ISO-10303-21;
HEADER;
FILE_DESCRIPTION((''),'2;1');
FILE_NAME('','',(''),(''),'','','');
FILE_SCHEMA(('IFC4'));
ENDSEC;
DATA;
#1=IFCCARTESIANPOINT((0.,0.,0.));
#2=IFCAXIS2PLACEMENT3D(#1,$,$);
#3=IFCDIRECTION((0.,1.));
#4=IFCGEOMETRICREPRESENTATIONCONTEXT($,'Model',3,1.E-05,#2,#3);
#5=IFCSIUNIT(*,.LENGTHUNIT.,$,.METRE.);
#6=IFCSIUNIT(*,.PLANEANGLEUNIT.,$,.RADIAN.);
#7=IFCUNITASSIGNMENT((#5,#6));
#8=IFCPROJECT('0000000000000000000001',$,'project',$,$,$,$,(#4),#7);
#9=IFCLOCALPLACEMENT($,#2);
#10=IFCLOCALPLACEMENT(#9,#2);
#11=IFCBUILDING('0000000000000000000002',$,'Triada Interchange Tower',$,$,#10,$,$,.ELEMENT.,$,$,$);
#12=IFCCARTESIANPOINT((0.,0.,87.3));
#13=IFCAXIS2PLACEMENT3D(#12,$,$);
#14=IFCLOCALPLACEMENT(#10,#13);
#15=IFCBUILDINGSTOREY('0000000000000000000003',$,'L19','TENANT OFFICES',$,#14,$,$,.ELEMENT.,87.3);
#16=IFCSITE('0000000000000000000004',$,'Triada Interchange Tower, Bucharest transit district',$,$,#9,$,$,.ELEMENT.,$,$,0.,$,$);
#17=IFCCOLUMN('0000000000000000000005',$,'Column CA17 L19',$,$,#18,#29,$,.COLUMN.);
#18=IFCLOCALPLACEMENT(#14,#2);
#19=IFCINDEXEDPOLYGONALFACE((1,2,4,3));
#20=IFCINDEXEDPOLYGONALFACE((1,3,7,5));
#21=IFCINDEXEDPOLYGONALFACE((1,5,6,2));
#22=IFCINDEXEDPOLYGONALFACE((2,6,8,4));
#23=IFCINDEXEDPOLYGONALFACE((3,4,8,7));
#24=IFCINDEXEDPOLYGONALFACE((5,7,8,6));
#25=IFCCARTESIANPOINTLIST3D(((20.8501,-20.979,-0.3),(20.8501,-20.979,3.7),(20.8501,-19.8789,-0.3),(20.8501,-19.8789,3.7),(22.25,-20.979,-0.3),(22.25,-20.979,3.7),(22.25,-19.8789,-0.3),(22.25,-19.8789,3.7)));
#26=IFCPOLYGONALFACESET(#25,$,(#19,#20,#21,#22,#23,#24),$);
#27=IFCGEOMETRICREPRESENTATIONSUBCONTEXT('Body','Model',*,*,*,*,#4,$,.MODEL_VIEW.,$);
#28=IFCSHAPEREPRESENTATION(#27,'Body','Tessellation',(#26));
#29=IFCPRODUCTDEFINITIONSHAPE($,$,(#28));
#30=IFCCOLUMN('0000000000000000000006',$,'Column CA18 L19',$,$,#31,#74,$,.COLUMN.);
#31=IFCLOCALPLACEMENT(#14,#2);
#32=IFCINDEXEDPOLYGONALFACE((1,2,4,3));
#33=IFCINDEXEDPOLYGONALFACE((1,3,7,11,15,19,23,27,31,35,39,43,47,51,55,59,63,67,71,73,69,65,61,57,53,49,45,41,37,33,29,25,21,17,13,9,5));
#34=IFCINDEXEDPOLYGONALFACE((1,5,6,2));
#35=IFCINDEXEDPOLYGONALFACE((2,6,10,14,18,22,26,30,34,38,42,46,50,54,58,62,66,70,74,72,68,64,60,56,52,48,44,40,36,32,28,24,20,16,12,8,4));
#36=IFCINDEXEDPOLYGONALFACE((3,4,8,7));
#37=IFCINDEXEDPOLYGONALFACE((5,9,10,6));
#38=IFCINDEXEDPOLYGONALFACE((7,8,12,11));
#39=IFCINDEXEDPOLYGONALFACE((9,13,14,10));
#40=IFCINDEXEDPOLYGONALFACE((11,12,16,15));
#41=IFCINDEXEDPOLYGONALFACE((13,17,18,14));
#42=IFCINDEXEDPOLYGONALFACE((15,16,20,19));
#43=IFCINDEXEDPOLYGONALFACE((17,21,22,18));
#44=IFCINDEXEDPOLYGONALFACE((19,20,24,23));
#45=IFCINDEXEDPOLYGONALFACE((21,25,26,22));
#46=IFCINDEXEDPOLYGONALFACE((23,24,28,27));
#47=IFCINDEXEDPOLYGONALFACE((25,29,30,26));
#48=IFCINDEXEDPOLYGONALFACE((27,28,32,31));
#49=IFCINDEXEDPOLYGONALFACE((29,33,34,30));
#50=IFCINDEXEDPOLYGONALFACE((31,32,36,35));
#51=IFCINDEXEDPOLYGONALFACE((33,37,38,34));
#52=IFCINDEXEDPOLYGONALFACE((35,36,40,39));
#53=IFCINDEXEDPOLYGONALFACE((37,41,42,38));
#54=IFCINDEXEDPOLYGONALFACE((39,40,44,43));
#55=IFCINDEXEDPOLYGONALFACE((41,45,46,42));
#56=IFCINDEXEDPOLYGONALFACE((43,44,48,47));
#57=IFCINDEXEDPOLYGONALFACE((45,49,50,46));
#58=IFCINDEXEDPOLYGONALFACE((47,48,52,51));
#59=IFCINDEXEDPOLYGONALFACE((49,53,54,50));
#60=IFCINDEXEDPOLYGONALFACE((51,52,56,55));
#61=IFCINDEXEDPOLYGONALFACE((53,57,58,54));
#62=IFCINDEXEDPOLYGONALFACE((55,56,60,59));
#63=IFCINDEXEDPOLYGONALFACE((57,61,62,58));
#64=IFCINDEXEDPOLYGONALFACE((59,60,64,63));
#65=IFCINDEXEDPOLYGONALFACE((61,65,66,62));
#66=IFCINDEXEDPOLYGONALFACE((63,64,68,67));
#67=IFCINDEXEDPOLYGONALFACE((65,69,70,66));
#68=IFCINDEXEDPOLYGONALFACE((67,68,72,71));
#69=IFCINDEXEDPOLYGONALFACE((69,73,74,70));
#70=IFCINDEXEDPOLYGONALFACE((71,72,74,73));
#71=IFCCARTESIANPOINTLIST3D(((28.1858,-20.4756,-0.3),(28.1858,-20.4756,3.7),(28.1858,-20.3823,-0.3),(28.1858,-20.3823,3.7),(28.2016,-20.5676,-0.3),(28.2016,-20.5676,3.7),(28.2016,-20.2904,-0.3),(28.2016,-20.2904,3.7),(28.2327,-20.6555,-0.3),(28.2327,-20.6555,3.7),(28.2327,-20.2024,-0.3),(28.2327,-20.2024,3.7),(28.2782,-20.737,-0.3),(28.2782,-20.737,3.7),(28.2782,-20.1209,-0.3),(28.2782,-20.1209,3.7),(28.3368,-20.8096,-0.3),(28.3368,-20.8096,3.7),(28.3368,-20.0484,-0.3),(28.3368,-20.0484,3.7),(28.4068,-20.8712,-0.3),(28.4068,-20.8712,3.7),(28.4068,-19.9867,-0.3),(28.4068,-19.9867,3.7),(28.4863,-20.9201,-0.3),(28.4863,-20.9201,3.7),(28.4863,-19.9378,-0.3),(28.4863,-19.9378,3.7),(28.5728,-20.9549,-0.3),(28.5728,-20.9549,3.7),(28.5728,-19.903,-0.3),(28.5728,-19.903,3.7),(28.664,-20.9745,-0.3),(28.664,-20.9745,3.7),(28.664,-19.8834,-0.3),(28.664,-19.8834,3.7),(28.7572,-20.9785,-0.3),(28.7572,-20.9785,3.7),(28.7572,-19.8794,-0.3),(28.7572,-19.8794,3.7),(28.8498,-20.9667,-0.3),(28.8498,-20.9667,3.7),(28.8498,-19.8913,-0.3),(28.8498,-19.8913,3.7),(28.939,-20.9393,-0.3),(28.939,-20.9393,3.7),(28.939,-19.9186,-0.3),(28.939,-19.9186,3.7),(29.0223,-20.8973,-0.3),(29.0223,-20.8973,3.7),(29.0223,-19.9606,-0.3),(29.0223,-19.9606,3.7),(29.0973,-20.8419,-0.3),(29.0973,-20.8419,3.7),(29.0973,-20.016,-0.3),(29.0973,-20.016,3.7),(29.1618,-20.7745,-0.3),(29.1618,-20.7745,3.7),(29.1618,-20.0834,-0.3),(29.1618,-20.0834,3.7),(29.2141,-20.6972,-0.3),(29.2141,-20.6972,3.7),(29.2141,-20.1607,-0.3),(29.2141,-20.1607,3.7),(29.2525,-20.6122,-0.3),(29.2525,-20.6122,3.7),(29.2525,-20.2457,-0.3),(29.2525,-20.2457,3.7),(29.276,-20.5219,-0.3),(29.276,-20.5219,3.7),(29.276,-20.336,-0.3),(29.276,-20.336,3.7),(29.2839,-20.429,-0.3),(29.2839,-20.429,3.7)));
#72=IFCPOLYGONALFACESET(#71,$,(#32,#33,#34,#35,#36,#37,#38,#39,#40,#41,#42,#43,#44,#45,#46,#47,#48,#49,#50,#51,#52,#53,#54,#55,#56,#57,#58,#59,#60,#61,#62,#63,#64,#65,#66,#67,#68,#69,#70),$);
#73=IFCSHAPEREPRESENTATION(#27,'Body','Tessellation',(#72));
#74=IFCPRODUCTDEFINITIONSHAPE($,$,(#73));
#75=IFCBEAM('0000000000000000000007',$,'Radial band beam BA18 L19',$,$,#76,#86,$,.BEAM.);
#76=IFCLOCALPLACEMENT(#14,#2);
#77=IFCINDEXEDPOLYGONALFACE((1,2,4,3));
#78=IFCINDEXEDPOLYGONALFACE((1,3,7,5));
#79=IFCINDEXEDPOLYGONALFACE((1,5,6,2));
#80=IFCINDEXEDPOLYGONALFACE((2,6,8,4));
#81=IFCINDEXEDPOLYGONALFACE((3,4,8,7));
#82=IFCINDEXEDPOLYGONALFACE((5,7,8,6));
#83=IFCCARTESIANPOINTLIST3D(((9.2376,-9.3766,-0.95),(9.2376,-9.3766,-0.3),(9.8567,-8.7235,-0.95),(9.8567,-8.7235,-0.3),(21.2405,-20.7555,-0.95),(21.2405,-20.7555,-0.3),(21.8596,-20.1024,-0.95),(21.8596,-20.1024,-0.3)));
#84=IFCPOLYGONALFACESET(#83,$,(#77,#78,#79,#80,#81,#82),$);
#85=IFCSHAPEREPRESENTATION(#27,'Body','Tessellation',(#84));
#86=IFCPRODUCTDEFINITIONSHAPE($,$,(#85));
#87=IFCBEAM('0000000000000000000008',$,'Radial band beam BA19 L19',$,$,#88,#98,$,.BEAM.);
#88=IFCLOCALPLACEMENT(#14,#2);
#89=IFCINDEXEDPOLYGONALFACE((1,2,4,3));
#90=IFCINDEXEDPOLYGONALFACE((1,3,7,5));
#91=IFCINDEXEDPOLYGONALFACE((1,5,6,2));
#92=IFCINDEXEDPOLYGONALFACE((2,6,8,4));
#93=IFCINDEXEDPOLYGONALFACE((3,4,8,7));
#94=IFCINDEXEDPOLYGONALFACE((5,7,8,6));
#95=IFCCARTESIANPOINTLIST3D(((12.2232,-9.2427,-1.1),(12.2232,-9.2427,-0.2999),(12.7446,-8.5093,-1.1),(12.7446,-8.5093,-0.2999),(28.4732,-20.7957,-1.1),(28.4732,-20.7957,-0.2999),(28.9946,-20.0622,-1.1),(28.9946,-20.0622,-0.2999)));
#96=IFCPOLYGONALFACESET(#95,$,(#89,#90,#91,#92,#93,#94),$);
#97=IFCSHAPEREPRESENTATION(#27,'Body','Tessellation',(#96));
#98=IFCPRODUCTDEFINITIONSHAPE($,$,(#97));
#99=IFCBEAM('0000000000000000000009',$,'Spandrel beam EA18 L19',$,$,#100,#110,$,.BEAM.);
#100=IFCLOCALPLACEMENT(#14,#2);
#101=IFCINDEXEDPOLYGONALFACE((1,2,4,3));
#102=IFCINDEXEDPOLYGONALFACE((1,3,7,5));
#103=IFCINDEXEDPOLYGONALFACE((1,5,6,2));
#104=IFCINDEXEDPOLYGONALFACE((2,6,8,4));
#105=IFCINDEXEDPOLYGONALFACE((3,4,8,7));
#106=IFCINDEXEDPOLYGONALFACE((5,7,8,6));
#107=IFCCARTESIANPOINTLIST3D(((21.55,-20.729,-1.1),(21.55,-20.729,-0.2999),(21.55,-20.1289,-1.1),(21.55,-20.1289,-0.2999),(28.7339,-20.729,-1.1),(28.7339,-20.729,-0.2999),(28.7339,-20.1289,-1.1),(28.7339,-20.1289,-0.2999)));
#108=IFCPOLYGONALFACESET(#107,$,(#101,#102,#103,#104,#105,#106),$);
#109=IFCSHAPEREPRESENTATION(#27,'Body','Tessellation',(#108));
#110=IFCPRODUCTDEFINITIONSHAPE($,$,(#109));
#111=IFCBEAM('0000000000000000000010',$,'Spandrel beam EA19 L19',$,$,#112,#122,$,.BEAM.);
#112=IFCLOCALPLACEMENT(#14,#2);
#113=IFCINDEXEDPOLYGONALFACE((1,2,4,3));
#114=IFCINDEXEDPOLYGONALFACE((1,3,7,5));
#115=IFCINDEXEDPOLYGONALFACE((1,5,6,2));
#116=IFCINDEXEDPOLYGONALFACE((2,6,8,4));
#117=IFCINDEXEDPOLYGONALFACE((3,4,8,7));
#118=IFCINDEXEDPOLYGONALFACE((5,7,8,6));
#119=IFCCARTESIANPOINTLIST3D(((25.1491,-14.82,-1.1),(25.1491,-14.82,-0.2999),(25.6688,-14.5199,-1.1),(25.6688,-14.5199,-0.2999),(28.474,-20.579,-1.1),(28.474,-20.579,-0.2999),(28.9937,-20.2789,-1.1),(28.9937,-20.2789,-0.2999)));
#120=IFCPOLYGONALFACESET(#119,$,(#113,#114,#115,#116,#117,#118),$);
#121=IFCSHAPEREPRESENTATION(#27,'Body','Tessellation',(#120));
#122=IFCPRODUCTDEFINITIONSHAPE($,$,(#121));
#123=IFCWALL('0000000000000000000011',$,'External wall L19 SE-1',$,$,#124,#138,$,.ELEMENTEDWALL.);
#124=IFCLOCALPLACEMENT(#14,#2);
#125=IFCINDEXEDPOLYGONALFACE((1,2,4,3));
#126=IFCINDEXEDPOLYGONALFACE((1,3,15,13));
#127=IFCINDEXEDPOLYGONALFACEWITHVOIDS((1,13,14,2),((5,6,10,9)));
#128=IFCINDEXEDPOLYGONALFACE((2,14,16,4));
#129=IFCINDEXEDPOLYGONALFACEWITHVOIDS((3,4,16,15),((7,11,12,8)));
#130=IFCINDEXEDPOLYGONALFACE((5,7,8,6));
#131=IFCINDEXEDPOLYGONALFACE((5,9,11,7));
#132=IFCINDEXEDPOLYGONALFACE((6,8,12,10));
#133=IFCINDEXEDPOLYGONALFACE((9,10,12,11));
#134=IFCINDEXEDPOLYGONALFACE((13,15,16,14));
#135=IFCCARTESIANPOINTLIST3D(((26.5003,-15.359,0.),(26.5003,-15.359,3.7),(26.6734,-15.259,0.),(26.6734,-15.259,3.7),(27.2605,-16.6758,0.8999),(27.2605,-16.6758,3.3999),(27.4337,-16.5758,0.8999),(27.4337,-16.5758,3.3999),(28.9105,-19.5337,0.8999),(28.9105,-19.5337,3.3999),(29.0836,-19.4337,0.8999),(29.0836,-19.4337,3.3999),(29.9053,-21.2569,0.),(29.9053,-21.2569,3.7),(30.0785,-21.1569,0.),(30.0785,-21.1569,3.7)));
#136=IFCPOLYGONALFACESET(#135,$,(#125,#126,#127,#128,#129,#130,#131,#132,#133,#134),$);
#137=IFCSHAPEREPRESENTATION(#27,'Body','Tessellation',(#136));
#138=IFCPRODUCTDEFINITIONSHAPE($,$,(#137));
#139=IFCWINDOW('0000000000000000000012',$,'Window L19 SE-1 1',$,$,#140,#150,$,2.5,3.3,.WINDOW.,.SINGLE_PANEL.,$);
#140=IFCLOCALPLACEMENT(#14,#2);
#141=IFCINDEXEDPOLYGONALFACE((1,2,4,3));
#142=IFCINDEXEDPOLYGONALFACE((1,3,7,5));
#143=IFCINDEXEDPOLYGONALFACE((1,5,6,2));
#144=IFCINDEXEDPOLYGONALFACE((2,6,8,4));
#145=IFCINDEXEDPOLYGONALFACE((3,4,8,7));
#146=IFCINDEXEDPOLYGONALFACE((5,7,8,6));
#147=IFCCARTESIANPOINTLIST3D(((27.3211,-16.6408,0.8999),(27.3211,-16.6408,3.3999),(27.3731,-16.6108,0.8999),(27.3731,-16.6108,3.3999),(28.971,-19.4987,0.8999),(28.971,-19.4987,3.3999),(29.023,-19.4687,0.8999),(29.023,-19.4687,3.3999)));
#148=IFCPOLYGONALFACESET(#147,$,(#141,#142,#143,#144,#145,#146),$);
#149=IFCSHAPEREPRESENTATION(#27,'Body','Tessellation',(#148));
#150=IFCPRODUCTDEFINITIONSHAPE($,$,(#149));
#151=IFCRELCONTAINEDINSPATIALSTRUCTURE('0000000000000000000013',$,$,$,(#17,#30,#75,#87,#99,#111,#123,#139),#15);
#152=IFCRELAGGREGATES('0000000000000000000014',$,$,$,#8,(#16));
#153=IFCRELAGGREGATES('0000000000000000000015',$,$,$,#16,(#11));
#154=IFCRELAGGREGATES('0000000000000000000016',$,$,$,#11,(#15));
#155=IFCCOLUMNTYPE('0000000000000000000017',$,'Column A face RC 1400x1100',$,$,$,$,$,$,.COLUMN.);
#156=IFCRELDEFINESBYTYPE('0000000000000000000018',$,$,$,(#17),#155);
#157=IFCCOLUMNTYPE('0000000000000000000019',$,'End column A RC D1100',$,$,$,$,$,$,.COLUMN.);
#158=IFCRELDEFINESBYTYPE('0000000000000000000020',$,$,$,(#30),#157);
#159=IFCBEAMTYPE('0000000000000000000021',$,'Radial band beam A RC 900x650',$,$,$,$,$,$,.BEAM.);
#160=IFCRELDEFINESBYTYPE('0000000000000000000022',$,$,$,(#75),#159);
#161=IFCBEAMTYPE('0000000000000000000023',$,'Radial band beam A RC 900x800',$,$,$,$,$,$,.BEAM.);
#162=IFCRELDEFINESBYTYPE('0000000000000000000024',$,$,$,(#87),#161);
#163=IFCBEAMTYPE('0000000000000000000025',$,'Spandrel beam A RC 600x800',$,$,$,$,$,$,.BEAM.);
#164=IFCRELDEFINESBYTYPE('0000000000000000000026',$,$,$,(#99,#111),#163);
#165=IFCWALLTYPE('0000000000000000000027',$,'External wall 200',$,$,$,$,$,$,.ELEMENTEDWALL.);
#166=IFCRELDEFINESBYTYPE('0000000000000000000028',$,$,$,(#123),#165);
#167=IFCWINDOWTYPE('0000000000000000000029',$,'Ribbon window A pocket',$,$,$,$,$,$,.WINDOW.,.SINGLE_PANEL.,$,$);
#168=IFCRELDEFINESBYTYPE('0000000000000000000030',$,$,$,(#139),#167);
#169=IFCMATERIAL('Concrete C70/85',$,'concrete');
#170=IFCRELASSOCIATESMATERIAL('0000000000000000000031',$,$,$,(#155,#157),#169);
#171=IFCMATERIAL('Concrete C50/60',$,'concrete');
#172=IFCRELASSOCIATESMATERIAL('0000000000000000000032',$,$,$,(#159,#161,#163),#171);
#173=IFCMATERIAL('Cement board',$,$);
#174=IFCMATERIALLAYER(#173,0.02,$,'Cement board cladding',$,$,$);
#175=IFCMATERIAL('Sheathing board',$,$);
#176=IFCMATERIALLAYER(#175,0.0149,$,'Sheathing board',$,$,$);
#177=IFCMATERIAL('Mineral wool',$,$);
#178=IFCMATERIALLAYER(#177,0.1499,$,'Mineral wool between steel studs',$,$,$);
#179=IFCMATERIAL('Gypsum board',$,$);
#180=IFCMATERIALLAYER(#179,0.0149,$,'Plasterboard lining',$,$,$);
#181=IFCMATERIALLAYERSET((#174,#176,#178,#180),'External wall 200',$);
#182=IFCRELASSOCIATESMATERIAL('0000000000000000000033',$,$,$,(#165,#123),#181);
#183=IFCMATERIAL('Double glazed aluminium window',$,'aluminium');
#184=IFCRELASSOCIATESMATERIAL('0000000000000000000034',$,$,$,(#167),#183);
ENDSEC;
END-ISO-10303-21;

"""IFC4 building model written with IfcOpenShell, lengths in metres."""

from ifc_helpers import new_model, si_unit, direction, frame, frame_2d, origin, origin_2d, place, context, subcontext, project, spatial, rectangle, circle, extrude, material, layer, layer_set, layer_usage, material_profile, profile_set, type_object, element, fill, save


model = new_model("IFC4")

# Units and contexts
model_context = context("Model", 3, precision=1e-05, world=origin(), true_north=direction((0.0, 1.0)))
body_context = subcontext(model_context, "Body", "Model", "MODEL_VIEW")
ifc_project = project(units=[si_unit("LENGTHUNIT", "METRE"), si_unit("PLANEANGLEUNIT", "RADIAN")], contexts=[model_context])

# Site, building, storey
site_placement = place(None, origin())
site = spatial("IfcSite", under=ifc_project, at=site_placement, Name="Triada Interchange Tower, Bucharest transit district", CompositionType="ELEMENT", RefElevation=0.0)
building_placement = place(site_placement, origin())
building = spatial("IfcBuilding", under=site, at=building_placement, Name="Triada Interchange Tower", CompositionType="ELEMENT")
storey_placement = place(building_placement, frame((0.0, 0.0, 87.3)))
storey = spatial("IfcBuildingStorey", under=building, at=storey_placement, Name="L19", Description="TENANT OFFICES", CompositionType="ELEMENT", Elevation=87.3)

# Columns
ifc_material_1 = material(Name="Concrete C70/85", Category="concrete")
ifc_material_profile_1 = material_profile(ifc_material_1, rectangle(XDim=1.3999, YDim=1.1001, at=origin_2d()), Name="RC 1400x1100")
ifc_profile_set_1 = profile_set([ifc_material_profile_1], Name="Concrete C70/85")
column_type_1 = type_object("IfcColumnType", Name="Column A face RC 1400x1100", PredefinedType="COLUMN", material=ifc_profile_set_1)
column_1_placement = place(storey_placement, frame((21.55, -20.429, -0.3), z_axis=(0.0, 0.0, 1.0), x_axis=(1.0, 0.0, 0.0)))
element("IfcColumn", 1, at=column_1_placement, inside=storey, type_object=column_type_1, Name="Column CA17 L19", PredefinedType="COLUMN", context=body_context, shape_type="SweptSolid", body=[
    extrude(rectangle(XDim=1.3999, YDim=1.1001, at=origin_2d()), origin(), (0.0, 0.0, 1.0), 4.0),
])
ifc_material_profile_2 = material_profile(ifc_material_1, circle(Radius=0.55, at=origin_2d()), Name="RC D1100")
ifc_profile_set_2 = profile_set([ifc_material_profile_2], Name="Concrete C70/85")
column_type_2 = type_object("IfcColumnType", Name="End column A RC D1100", PredefinedType="COLUMN", material=ifc_profile_set_2)
column_2_placement = place(storey_placement, frame((28.7339, -20.429, -0.3), z_axis=(0.0, 0.0, 1.0), x_axis=(1.0, 0.0, 0.0)))
element("IfcColumn", 2, at=column_2_placement, inside=storey, type_object=column_type_2, Name="Column CA18 L19", PredefinedType="COLUMN", context=body_context, shape_type="SweptSolid", body=[
    extrude(circle(Radius=0.55, at=origin_2d()), origin(), (0.0, 0.0, 1.0), 4.0),
])

# Beams
ifc_material_2 = material(Name="Concrete C50/60", Category="concrete")
ifc_material_profile_3 = material_profile(ifc_material_2, rectangle(XDim=0.8999, YDim=0.6499, at=origin_2d()), Name="RC 900x650")
ifc_profile_set_3 = profile_set([ifc_material_profile_3], Name="Concrete C50/60")
beam_type_1 = type_object("IfcBeamType", Name="Radial band beam A RC 900x650", PredefinedType="BEAM", material=ifc_profile_set_3)
beam_1_placement = place(storey_placement, frame((21.55, -20.429, -0.625), z_axis=(-0.72572, 0.68799, 0.0), x_axis=(-0.68799, -0.72572, 0.0)))
element("IfcBeam", 3, at=beam_1_placement, inside=storey, type_object=beam_type_1, Name="Radial band beam BA18 L19", PredefinedType="BEAM", context=body_context, shape_type="SweptSolid", body=[
    extrude(rectangle(XDim=0.8999, YDim=0.6499, at=origin_2d()), origin(), (0.0, 0.0, 1.0), 16.5393),
])
ifc_material_profile_4 = material_profile(ifc_material_2, rectangle(XDim=0.8999, YDim=0.8, at=origin_2d()), Name="RC 900x800")
ifc_profile_set_4 = profile_set([ifc_material_profile_4], Name="Concrete C50/60")
beam_type_2 = type_object("IfcBeamType", Name="Radial band beam A RC 900x800", PredefinedType="BEAM", material=ifc_profile_set_4)
beam_2_placement = place(storey_placement, frame((28.7339, -20.429, -0.7), z_axis=(-0.815016, 0.579438, 0.0), x_axis=(-0.579438, -0.815016, 0.0)))
element("IfcBeam", 4, at=beam_2_placement, inside=storey, type_object=beam_type_2, Name="Radial band beam BA19 L19", PredefinedType="BEAM", context=body_context, shape_type="SweptSolid", body=[
    extrude(rectangle(XDim=0.8999, YDim=0.8, at=origin_2d()), origin(), (0.0, 0.0, 1.0), 19.9382),
])
ifc_material_profile_5 = material_profile(ifc_material_2, rectangle(XDim=0.6001, YDim=0.8, at=origin_2d()), Name="RC 600x800")
ifc_profile_set_5 = profile_set([ifc_material_profile_5], Name="Concrete C50/60")
beam_type_3 = type_object("IfcBeamType", Name="Spandrel beam A RC 600x800", PredefinedType="BEAM", material=ifc_profile_set_5)
beam_3_placement = place(storey_placement, frame((21.55, -20.429, -0.7), z_axis=(1.0, 0.0, 0.0), x_axis=(0.0, 1.0, 0.0)))
element("IfcBeam", 5, at=beam_3_placement, inside=storey, type_object=beam_type_3, Name="Spandrel beam EA18 L19", PredefinedType="BEAM", context=body_context, shape_type="SweptSolid", body=[
    extrude(rectangle(XDim=0.6001, YDim=0.8, at=origin_2d()), origin(), (0.0, 0.0, 1.0), 7.1838),
])
beam_4_placement = place(storey_placement, frame((28.7339, -20.429, -0.7), z_axis=(-0.499997, 0.866027, 0.0), x_axis=(-0.866027, -0.499997, 0.0)))
element("IfcBeam", 6, at=beam_4_placement, inside=storey, type_object=beam_type_3, Name="Spandrel beam EA19 L19", PredefinedType="BEAM", context=body_context, shape_type="SweptSolid", body=[
    extrude(rectangle(XDim=0.6001, YDim=0.8, at=origin_2d()), origin(), (0.0, 0.0, 1.0), 6.6499),
])

# Wall, opening, window
ifc_material_3 = material(Name="Cement board")
ifc_layer_1 = layer(ifc_material_3, 0.02, Name="Cement board cladding")
ifc_material_4 = material(Name="Sheathing board")
ifc_layer_2 = layer(ifc_material_4, 0.0149, Name="Sheathing board")
ifc_material_5 = material(Name="Mineral wool")
ifc_layer_3 = layer(ifc_material_5, 0.1499, Name="Mineral wool between steel studs")
ifc_material_6 = material(Name="Gypsum board")
ifc_layer_4 = layer(ifc_material_6, 0.0149, Name="Plasterboard lining")
ifc_layer_set_1 = layer_set([ifc_layer_1, ifc_layer_2, ifc_layer_3, ifc_layer_4], Name="External wall 200")
ifc_layer_usage = layer_usage(ifc_layer_set_1, "AXIS2", "POSITIVE", -0.1001)
wall_type = type_object("IfcWallType", Name="External wall 200", PredefinedType="ELEMENTEDWALL", material=ifc_layer_set_1)
wall_1_placement = place(storey_placement, frame((29.9919, -21.207, 0.0), z_axis=(0.0, 0.0, 1.0), x_axis=(-0.499983, 0.866035, 0.0)))
wall_1 = element("IfcWall", 7, at=wall_1_placement, inside=storey, type_object=wall_type, material=ifc_layer_usage, Name="External wall L19 SE-1", PredefinedType="ELEMENTEDWALL", context=body_context, shape_type="SweptSolid", body=[
    extrude(rectangle(XDim=6.8103, YDim=0.2, at=frame_2d((3.4053, 0.0))), origin(), (0.0, 0.0, 1.0), 3.7),
])
opening_1_placement = place(wall_1_placement, frame((1.99, 0.0, 0.8999)))
opening_1 = element("IfcOpeningElement", 8, at=opening_1_placement, cuts=wall_1, PredefinedType="OPENING", context=body_context, shape_type="SweptSolid", body=[
    extrude(rectangle(XDim=3.3, YDim=2.5, at=frame_2d((1.6499, 1.25))), frame((0.0, 0.1099, 0.0), z_axis=(0.0, -1.0, 0.0), x_axis=(1.0, 0.0, 0.0)), (0.0, 0.0, 1.0), 0.22),
])
ifc_material_7 = material(Name="Double glazed aluminium window", Category="aluminium")
window_type_1 = type_object("IfcWindowType", Name="Ribbon window A pocket", PartitioningType="SINGLE_PANEL", PredefinedType="WINDOW", material=ifc_material_7)
window_1_placement = place(opening_1_placement, origin())
window_1 = element("IfcWindow", 9, at=window_1_placement, inside=storey, type_object=window_type_1, Name="Window L19 SE-1 1", OverallHeight=2.5, OverallWidth=3.3, PartitioningType="SINGLE_PANEL", PredefinedType="WINDOW", context=body_context, shape_type="SweptSolid", body=[
    extrude(rectangle(XDim=3.3, YDim=2.5, at=frame_2d((1.6499, 1.25))), frame((0.0, 0.03, 0.0), z_axis=(0.0, -1.0, 0.0), x_axis=(1.0, 0.0, 0.0)), (0.0, 0.0, 1.0), 0.0601),
])
fill(opening_1, window_1)

save(model, "model.ifc")
